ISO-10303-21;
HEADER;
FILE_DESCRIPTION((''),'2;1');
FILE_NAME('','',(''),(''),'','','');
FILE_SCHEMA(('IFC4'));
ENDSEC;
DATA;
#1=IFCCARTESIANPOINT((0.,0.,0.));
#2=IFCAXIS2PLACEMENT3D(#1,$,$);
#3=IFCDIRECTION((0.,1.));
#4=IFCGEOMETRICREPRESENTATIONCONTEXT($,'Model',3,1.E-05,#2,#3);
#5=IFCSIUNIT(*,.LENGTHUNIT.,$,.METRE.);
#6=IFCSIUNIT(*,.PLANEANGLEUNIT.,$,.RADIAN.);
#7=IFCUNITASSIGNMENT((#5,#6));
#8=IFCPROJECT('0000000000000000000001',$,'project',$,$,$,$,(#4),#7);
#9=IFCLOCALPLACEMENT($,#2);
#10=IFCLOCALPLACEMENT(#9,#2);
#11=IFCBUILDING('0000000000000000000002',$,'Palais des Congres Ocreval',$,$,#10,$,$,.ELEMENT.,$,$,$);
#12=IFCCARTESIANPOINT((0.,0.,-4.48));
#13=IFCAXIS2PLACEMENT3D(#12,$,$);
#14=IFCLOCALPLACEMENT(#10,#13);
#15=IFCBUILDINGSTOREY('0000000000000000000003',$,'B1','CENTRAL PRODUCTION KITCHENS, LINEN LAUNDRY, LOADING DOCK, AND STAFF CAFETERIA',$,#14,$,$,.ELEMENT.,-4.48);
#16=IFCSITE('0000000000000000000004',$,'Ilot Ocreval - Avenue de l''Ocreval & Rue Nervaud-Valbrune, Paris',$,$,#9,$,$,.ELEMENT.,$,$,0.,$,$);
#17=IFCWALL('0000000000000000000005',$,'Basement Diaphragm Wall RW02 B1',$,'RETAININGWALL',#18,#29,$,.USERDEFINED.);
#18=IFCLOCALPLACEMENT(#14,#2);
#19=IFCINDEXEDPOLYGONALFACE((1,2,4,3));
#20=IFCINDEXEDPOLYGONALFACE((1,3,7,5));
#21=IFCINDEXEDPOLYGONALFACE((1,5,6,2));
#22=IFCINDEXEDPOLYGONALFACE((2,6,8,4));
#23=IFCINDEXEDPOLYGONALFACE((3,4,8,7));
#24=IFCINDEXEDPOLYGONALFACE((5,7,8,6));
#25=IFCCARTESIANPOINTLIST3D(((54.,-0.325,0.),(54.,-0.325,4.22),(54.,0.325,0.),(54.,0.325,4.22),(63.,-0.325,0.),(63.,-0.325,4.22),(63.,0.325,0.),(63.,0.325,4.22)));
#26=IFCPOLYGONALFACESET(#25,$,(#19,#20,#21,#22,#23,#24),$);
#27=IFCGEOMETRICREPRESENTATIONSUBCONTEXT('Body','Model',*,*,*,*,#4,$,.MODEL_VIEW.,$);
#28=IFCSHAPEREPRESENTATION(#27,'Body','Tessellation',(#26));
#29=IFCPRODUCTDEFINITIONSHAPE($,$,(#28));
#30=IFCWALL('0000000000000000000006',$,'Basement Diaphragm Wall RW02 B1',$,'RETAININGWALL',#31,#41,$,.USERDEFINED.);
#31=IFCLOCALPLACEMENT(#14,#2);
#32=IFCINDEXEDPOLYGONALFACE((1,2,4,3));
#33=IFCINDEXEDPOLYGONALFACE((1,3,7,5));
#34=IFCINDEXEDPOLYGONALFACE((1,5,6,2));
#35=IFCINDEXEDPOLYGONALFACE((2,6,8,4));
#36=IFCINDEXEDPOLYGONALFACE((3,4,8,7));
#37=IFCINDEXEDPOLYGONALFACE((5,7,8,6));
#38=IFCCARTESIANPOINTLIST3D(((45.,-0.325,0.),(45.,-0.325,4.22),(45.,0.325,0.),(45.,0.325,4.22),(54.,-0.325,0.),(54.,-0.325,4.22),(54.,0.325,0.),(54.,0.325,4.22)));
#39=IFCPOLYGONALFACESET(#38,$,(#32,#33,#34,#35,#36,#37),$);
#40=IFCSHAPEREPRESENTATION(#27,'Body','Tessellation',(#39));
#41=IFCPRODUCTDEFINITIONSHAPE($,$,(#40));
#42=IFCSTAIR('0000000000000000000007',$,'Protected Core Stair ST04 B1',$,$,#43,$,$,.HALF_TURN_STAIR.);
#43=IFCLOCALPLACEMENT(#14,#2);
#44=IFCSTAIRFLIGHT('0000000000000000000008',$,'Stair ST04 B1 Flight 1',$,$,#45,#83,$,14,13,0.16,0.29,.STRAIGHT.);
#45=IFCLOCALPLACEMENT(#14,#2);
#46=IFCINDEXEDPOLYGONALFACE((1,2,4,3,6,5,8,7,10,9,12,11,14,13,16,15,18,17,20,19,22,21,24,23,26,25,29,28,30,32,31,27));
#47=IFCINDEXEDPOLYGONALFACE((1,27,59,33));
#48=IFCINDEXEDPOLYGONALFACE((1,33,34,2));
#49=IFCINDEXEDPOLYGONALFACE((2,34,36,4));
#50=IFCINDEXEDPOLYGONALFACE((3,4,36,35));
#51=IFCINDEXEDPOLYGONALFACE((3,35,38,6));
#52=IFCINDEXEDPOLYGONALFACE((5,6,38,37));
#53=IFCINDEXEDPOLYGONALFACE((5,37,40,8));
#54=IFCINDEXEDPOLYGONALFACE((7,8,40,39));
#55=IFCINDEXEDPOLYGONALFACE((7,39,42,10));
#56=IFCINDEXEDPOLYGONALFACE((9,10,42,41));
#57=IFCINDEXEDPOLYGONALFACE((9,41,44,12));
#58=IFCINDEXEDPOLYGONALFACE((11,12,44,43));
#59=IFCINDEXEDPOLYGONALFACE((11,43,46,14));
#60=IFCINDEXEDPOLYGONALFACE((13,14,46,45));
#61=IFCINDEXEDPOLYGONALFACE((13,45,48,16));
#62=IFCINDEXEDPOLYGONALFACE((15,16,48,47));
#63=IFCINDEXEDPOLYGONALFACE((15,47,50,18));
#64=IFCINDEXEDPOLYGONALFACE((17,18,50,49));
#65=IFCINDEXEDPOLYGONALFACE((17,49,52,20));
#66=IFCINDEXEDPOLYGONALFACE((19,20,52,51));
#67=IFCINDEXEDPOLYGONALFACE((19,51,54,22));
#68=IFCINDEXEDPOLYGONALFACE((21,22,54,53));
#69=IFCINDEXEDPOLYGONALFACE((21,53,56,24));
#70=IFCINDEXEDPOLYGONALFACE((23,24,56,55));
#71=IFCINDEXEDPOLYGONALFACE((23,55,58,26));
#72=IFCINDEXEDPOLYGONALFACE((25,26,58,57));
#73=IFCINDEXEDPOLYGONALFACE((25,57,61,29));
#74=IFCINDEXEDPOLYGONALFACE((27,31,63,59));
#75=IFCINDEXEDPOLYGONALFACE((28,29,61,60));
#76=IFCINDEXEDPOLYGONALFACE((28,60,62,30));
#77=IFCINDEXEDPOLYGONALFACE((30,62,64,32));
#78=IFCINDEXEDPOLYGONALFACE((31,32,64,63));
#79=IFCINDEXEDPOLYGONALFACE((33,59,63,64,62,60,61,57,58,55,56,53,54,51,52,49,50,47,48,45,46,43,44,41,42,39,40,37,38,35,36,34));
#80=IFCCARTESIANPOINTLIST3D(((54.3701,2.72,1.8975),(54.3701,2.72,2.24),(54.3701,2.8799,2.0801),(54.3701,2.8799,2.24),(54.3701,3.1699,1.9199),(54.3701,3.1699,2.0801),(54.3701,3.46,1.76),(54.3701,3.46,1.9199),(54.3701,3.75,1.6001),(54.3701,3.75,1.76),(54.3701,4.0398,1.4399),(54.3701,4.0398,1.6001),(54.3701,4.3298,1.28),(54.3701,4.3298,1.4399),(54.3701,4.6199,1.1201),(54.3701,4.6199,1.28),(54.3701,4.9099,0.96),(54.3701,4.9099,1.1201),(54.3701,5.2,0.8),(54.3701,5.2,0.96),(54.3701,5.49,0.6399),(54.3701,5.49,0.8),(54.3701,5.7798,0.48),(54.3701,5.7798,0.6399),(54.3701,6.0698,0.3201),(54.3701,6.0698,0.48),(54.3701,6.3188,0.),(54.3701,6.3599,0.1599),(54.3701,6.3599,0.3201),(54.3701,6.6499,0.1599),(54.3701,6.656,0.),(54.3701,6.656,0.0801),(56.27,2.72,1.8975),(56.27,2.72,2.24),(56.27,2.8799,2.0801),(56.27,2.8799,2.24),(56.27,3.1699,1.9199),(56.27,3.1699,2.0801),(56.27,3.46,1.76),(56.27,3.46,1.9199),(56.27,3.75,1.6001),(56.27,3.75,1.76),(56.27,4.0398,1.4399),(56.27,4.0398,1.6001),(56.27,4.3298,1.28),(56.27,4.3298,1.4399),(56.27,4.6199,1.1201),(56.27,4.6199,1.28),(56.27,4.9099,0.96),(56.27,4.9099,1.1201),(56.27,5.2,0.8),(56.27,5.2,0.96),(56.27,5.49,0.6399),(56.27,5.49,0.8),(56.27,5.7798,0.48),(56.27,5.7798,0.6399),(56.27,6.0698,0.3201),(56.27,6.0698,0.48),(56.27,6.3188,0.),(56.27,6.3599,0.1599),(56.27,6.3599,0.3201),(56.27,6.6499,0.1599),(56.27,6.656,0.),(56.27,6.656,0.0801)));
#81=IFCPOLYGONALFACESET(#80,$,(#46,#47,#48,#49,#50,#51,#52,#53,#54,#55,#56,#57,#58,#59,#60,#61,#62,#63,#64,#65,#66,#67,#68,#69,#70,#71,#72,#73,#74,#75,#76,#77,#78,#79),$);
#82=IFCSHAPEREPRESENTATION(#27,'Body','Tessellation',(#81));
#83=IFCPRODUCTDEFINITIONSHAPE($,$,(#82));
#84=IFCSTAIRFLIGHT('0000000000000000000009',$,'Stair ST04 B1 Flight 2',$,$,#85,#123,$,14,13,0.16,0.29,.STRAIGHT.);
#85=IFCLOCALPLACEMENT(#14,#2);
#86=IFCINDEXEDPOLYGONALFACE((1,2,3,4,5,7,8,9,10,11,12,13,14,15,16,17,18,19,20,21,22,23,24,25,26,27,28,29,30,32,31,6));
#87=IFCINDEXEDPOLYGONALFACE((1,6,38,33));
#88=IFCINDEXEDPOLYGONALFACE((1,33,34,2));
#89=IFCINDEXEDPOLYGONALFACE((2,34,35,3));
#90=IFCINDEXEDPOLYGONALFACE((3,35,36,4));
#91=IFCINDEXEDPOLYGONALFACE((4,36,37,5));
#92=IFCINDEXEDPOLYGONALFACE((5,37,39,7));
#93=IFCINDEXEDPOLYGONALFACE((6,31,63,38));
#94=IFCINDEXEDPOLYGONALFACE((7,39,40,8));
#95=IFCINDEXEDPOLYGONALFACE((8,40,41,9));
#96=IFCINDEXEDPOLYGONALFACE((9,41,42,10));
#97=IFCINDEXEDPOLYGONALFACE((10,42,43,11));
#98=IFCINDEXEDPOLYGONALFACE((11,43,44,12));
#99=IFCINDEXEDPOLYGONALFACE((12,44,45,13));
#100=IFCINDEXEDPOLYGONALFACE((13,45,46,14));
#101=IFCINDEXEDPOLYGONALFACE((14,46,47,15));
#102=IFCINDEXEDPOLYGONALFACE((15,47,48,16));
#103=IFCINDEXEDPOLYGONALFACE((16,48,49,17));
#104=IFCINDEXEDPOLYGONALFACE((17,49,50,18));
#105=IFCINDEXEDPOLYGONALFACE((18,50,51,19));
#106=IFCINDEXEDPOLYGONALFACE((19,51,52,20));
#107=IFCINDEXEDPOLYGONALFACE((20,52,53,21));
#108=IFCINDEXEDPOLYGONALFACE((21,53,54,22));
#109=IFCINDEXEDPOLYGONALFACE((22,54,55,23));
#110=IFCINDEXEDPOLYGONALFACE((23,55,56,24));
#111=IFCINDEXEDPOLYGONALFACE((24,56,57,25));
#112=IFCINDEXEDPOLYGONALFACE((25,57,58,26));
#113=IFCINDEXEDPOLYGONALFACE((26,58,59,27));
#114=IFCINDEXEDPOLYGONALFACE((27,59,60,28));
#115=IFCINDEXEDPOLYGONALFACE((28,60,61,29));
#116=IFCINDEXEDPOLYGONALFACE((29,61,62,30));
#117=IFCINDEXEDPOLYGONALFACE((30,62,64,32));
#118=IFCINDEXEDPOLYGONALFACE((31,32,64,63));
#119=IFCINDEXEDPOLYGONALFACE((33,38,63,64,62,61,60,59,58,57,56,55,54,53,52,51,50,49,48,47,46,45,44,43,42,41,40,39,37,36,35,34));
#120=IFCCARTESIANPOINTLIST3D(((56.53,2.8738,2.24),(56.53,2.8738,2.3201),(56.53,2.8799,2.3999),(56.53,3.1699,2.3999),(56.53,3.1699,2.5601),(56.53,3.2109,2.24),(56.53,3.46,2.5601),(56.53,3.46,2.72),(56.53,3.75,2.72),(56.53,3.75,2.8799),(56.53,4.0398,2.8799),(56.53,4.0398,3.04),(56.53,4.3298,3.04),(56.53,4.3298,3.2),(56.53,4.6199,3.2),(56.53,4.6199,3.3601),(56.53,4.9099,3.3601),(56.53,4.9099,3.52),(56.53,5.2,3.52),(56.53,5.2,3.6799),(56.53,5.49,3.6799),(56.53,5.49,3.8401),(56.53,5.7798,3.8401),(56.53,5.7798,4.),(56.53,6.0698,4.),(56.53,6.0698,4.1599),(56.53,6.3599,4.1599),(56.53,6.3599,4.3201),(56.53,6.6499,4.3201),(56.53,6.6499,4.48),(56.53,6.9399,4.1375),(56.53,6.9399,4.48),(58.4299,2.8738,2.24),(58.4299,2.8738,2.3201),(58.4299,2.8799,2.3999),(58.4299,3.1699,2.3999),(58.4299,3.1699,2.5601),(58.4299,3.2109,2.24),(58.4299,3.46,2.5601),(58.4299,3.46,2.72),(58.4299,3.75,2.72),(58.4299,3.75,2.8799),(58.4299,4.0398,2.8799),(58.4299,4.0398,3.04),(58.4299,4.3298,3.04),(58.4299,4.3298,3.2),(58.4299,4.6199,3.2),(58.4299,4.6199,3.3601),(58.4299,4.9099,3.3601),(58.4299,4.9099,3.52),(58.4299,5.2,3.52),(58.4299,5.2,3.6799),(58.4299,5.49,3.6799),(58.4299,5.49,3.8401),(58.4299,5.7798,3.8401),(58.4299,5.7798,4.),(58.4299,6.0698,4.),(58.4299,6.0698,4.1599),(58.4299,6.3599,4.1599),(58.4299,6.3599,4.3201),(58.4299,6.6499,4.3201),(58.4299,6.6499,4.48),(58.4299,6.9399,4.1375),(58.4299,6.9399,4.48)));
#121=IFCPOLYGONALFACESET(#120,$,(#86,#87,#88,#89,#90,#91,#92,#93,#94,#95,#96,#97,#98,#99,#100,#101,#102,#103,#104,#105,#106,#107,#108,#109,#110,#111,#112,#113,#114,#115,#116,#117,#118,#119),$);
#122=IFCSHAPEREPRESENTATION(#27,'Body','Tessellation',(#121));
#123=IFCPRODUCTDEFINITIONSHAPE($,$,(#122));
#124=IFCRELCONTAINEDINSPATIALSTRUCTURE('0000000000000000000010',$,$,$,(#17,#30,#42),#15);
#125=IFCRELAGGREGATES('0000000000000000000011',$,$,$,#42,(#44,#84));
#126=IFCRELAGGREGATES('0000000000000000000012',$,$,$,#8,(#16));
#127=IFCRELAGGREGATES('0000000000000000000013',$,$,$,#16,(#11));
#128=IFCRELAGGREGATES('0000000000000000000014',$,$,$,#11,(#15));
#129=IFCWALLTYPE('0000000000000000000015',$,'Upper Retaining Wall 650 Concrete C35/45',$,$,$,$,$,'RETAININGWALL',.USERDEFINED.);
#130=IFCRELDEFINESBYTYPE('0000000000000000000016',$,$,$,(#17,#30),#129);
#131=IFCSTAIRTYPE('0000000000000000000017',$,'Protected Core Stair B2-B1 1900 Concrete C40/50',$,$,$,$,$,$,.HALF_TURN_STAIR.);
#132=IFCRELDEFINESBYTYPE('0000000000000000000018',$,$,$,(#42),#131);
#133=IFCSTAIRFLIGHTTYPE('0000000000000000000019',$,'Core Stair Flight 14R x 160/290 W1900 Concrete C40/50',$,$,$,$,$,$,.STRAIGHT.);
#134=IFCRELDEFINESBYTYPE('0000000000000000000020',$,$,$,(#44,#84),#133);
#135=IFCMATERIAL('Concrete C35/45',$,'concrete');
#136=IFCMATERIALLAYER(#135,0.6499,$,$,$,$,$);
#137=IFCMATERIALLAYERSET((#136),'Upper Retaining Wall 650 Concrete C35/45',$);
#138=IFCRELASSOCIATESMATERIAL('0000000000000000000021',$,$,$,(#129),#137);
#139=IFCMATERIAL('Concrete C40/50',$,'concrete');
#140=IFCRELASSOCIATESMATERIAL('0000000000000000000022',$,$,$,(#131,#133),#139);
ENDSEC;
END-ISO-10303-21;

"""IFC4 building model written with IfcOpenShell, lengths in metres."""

from ifc_helpers import new_model, si_unit, direction, frame, frame_2d, origin, place, context, subcontext, project, spatial, polyline, rectangle, outline, extrude, material, layer, layer_set, type_object, element, aggregate, save


model = new_model("IFC4")

# Units and contexts
model_context = context("Model", 3, precision=1e-05, world=origin(), true_north=direction((0.0, 1.0)))
body_context = subcontext(model_context, "Body", "Model", "MODEL_VIEW")
ifc_project = project(units=[si_unit("LENGTHUNIT", "METRE"), si_unit("PLANEANGLEUNIT", "RADIAN")], contexts=[model_context])

# Site, building, storey
site_placement = place(None, origin())
site = spatial("IfcSite", under=ifc_project, at=site_placement, Name="Ilot Ocreval - Avenue de l'Ocreval & Rue Nervaud-Valbrune, Paris", CompositionType="ELEMENT", RefElevation=0.0)
building_placement = place(site_placement, origin())
building = spatial("IfcBuilding", under=site, at=building_placement, Name="Palais des Congres Ocreval", CompositionType="ELEMENT")
storey_placement = place(building_placement, frame((0.0, 0.0, -4.48)))
storey = spatial("IfcBuildingStorey", under=building, at=storey_placement, Name="B1", Description="CENTRAL PRODUCTION KITCHENS, LINEN LAUNDRY, LOADING DOCK, AND STAFF CAFETERIA", CompositionType="ELEMENT", Elevation=-4.48)

# Shared definitions
ifc_material_1 = material(Name="Concrete C40/50", Category="concrete")

# Shared definitions
ifc_material_2 = material(Name="Concrete C35/45", Category="concrete")

# Walls
ifc_layer_1 = layer(ifc_material_2, 0.6499)
ifc_layer_set_1 = layer_set([ifc_layer_1], Name="Upper Retaining Wall 650 Concrete C35/45")
wall_type_1 = type_object("IfcWallType", Name="Upper Retaining Wall 650 Concrete C35/45", ElementType="RETAININGWALL", PredefinedType="USERDEFINED", material=ifc_layer_set_1)
for number, where, z_axis, x_axis, name in (
    (1, (63.0, 0.0, 0.0), (0.0, 0.0, 1.0), (-1.0, 0.0, 0.0), "Basement Diaphragm Wall RW02 B1"),
    (2, (54.0, 0.0, 0.0), (0.0, 0.0, 1.0), (-1.0, 0.0, 0.0), "Basement Diaphragm Wall RW02 B1"),
):
    element("IfcWall", number, at=place(storey_placement, frame(where, z_axis=z_axis, x_axis=x_axis)), inside=storey, type_object=wall_type_1, Name=name, ObjectType="RETAININGWALL", PredefinedType="USERDEFINED", context=body_context, shape_type="SweptSolid", body=[
        extrude(rectangle(XDim=9.0, YDim=0.6499, at=frame_2d((4.5, 0.0))), origin(), (0.0, 0.0, 1.0), 4.22),
    ])

# Stair, stair flights
stair_type = type_object("IfcStairType", Name="Protected Core Stair B2-B1 1900 Concrete C40/50", PredefinedType="HALF_TURN_STAIR", material=ifc_material_1)
stair_placement = place(storey_placement, origin())
stair = element("IfcStair", 3, at=stair_placement, inside=storey, type_object=stair_type, Name="Protected Core Stair ST04 B1", PredefinedType="HALF_TURN_STAIR")
stair_flight_type = type_object("IfcStairFlightType", Name="Core Stair Flight 14R x 160/290 W1900 Concrete C40/50", PredefinedType="STRAIGHT", material=ifc_material_1)
stair_flight_1_placement = place(storey_placement, frame((55.3201, 6.6499, 0.0), z_axis=(0.0, 0.0, 1.0), x_axis=(0.0, -1.0, 0.0)))
stair_flight_1 = element("IfcStairFlight", 4, at=stair_flight_1_placement, type_object=stair_flight_type, Name="Stair ST04 B1 Flight 1", NumberOfRisers=14, NumberOfTreads=13, PredefinedType="STRAIGHT", RiserHeight=0.16, TreadLength=0.29, context=body_context, shape_type="SweptSolid", body=[
    extrude(outline(polyline([(-0.0061, 0.0), (-0.0061, 0.0801), (0.0, 0.1599), (0.29, 0.1599), (0.29, 0.3201), (0.5801, 0.3201), (0.5801, 0.48), (0.8701, 0.48), (0.8701, 0.6399), (1.1599, 0.6399), (1.1599, 0.8), (1.45, 0.8), (1.45, 0.96), (1.74, 0.96), (1.74, 1.1201), (2.03, 1.1201), (2.03, 1.28), (2.3201, 1.28), (2.3201, 1.4399), (2.6101, 1.4399), (2.6101, 1.6001), (2.8999, 1.6001), (2.8999, 1.76), (3.1899, 1.76), (3.1899, 1.9199), (3.48, 1.9199), (3.48, 2.0801), (3.77, 2.0801), (3.77, 2.24), (3.9299, 2.24), (3.9299, 1.8975), (0.3311, 0.0), (-0.0061, 0.0)])), frame((0.0, 0.95, 0.0), z_axis=(0.0, -1.0, 0.0), x_axis=(1.0, 0.0, 0.0)), (0.0, 0.0, 1.0), 1.8999),
])
stair_flight_2_placement = place(storey_placement, frame((57.48, 2.8799, 2.24), z_axis=(0.0, 0.0, 1.0), x_axis=(0.0, 1.0, 0.0)))
stair_flight_2 = element("IfcStairFlight", 5, at=stair_flight_2_placement, type_object=stair_flight_type, Name="Stair ST04 B1 Flight 2", NumberOfRisers=14, NumberOfTreads=13, PredefinedType="STRAIGHT", RiserHeight=0.16, TreadLength=0.29, context=body_context, shape_type="SweptSolid", body=[
    extrude(outline(polyline([(-0.0061, 0.0), (-0.0061, 0.0801), (0.0, 0.1599), (0.29, 0.1599), (0.29, 0.3201), (0.5801, 0.3201), (0.5801, 0.48), (0.8701, 0.48), (0.8701, 0.6399), (1.1599, 0.6399), (1.1599, 0.8), (1.45, 0.8), (1.45, 0.96), (1.74, 0.96), (1.74, 1.1201), (2.03, 1.1201), (2.03, 1.28), (2.3201, 1.28), (2.3201, 1.4399), (2.6101, 1.4399), (2.6101, 1.6001), (2.8999, 1.6001), (2.8999, 1.76), (3.1899, 1.76), (3.1899, 1.9199), (3.48, 1.9199), (3.48, 2.0801), (3.77, 2.0801), (3.77, 2.24), (4.0601, 2.24), (4.0601, 1.8975), (0.3311, 0.0), (-0.0061, 0.0)])), frame((0.0, 0.95, 0.0), z_axis=(0.0, -1.0, 0.0), x_axis=(1.0, 0.0, 0.0)), (0.0, 0.0, 1.0), 1.8999),
])
aggregate(stair, [stair_flight_1, stair_flight_2])

save(model, "model.ifc")
